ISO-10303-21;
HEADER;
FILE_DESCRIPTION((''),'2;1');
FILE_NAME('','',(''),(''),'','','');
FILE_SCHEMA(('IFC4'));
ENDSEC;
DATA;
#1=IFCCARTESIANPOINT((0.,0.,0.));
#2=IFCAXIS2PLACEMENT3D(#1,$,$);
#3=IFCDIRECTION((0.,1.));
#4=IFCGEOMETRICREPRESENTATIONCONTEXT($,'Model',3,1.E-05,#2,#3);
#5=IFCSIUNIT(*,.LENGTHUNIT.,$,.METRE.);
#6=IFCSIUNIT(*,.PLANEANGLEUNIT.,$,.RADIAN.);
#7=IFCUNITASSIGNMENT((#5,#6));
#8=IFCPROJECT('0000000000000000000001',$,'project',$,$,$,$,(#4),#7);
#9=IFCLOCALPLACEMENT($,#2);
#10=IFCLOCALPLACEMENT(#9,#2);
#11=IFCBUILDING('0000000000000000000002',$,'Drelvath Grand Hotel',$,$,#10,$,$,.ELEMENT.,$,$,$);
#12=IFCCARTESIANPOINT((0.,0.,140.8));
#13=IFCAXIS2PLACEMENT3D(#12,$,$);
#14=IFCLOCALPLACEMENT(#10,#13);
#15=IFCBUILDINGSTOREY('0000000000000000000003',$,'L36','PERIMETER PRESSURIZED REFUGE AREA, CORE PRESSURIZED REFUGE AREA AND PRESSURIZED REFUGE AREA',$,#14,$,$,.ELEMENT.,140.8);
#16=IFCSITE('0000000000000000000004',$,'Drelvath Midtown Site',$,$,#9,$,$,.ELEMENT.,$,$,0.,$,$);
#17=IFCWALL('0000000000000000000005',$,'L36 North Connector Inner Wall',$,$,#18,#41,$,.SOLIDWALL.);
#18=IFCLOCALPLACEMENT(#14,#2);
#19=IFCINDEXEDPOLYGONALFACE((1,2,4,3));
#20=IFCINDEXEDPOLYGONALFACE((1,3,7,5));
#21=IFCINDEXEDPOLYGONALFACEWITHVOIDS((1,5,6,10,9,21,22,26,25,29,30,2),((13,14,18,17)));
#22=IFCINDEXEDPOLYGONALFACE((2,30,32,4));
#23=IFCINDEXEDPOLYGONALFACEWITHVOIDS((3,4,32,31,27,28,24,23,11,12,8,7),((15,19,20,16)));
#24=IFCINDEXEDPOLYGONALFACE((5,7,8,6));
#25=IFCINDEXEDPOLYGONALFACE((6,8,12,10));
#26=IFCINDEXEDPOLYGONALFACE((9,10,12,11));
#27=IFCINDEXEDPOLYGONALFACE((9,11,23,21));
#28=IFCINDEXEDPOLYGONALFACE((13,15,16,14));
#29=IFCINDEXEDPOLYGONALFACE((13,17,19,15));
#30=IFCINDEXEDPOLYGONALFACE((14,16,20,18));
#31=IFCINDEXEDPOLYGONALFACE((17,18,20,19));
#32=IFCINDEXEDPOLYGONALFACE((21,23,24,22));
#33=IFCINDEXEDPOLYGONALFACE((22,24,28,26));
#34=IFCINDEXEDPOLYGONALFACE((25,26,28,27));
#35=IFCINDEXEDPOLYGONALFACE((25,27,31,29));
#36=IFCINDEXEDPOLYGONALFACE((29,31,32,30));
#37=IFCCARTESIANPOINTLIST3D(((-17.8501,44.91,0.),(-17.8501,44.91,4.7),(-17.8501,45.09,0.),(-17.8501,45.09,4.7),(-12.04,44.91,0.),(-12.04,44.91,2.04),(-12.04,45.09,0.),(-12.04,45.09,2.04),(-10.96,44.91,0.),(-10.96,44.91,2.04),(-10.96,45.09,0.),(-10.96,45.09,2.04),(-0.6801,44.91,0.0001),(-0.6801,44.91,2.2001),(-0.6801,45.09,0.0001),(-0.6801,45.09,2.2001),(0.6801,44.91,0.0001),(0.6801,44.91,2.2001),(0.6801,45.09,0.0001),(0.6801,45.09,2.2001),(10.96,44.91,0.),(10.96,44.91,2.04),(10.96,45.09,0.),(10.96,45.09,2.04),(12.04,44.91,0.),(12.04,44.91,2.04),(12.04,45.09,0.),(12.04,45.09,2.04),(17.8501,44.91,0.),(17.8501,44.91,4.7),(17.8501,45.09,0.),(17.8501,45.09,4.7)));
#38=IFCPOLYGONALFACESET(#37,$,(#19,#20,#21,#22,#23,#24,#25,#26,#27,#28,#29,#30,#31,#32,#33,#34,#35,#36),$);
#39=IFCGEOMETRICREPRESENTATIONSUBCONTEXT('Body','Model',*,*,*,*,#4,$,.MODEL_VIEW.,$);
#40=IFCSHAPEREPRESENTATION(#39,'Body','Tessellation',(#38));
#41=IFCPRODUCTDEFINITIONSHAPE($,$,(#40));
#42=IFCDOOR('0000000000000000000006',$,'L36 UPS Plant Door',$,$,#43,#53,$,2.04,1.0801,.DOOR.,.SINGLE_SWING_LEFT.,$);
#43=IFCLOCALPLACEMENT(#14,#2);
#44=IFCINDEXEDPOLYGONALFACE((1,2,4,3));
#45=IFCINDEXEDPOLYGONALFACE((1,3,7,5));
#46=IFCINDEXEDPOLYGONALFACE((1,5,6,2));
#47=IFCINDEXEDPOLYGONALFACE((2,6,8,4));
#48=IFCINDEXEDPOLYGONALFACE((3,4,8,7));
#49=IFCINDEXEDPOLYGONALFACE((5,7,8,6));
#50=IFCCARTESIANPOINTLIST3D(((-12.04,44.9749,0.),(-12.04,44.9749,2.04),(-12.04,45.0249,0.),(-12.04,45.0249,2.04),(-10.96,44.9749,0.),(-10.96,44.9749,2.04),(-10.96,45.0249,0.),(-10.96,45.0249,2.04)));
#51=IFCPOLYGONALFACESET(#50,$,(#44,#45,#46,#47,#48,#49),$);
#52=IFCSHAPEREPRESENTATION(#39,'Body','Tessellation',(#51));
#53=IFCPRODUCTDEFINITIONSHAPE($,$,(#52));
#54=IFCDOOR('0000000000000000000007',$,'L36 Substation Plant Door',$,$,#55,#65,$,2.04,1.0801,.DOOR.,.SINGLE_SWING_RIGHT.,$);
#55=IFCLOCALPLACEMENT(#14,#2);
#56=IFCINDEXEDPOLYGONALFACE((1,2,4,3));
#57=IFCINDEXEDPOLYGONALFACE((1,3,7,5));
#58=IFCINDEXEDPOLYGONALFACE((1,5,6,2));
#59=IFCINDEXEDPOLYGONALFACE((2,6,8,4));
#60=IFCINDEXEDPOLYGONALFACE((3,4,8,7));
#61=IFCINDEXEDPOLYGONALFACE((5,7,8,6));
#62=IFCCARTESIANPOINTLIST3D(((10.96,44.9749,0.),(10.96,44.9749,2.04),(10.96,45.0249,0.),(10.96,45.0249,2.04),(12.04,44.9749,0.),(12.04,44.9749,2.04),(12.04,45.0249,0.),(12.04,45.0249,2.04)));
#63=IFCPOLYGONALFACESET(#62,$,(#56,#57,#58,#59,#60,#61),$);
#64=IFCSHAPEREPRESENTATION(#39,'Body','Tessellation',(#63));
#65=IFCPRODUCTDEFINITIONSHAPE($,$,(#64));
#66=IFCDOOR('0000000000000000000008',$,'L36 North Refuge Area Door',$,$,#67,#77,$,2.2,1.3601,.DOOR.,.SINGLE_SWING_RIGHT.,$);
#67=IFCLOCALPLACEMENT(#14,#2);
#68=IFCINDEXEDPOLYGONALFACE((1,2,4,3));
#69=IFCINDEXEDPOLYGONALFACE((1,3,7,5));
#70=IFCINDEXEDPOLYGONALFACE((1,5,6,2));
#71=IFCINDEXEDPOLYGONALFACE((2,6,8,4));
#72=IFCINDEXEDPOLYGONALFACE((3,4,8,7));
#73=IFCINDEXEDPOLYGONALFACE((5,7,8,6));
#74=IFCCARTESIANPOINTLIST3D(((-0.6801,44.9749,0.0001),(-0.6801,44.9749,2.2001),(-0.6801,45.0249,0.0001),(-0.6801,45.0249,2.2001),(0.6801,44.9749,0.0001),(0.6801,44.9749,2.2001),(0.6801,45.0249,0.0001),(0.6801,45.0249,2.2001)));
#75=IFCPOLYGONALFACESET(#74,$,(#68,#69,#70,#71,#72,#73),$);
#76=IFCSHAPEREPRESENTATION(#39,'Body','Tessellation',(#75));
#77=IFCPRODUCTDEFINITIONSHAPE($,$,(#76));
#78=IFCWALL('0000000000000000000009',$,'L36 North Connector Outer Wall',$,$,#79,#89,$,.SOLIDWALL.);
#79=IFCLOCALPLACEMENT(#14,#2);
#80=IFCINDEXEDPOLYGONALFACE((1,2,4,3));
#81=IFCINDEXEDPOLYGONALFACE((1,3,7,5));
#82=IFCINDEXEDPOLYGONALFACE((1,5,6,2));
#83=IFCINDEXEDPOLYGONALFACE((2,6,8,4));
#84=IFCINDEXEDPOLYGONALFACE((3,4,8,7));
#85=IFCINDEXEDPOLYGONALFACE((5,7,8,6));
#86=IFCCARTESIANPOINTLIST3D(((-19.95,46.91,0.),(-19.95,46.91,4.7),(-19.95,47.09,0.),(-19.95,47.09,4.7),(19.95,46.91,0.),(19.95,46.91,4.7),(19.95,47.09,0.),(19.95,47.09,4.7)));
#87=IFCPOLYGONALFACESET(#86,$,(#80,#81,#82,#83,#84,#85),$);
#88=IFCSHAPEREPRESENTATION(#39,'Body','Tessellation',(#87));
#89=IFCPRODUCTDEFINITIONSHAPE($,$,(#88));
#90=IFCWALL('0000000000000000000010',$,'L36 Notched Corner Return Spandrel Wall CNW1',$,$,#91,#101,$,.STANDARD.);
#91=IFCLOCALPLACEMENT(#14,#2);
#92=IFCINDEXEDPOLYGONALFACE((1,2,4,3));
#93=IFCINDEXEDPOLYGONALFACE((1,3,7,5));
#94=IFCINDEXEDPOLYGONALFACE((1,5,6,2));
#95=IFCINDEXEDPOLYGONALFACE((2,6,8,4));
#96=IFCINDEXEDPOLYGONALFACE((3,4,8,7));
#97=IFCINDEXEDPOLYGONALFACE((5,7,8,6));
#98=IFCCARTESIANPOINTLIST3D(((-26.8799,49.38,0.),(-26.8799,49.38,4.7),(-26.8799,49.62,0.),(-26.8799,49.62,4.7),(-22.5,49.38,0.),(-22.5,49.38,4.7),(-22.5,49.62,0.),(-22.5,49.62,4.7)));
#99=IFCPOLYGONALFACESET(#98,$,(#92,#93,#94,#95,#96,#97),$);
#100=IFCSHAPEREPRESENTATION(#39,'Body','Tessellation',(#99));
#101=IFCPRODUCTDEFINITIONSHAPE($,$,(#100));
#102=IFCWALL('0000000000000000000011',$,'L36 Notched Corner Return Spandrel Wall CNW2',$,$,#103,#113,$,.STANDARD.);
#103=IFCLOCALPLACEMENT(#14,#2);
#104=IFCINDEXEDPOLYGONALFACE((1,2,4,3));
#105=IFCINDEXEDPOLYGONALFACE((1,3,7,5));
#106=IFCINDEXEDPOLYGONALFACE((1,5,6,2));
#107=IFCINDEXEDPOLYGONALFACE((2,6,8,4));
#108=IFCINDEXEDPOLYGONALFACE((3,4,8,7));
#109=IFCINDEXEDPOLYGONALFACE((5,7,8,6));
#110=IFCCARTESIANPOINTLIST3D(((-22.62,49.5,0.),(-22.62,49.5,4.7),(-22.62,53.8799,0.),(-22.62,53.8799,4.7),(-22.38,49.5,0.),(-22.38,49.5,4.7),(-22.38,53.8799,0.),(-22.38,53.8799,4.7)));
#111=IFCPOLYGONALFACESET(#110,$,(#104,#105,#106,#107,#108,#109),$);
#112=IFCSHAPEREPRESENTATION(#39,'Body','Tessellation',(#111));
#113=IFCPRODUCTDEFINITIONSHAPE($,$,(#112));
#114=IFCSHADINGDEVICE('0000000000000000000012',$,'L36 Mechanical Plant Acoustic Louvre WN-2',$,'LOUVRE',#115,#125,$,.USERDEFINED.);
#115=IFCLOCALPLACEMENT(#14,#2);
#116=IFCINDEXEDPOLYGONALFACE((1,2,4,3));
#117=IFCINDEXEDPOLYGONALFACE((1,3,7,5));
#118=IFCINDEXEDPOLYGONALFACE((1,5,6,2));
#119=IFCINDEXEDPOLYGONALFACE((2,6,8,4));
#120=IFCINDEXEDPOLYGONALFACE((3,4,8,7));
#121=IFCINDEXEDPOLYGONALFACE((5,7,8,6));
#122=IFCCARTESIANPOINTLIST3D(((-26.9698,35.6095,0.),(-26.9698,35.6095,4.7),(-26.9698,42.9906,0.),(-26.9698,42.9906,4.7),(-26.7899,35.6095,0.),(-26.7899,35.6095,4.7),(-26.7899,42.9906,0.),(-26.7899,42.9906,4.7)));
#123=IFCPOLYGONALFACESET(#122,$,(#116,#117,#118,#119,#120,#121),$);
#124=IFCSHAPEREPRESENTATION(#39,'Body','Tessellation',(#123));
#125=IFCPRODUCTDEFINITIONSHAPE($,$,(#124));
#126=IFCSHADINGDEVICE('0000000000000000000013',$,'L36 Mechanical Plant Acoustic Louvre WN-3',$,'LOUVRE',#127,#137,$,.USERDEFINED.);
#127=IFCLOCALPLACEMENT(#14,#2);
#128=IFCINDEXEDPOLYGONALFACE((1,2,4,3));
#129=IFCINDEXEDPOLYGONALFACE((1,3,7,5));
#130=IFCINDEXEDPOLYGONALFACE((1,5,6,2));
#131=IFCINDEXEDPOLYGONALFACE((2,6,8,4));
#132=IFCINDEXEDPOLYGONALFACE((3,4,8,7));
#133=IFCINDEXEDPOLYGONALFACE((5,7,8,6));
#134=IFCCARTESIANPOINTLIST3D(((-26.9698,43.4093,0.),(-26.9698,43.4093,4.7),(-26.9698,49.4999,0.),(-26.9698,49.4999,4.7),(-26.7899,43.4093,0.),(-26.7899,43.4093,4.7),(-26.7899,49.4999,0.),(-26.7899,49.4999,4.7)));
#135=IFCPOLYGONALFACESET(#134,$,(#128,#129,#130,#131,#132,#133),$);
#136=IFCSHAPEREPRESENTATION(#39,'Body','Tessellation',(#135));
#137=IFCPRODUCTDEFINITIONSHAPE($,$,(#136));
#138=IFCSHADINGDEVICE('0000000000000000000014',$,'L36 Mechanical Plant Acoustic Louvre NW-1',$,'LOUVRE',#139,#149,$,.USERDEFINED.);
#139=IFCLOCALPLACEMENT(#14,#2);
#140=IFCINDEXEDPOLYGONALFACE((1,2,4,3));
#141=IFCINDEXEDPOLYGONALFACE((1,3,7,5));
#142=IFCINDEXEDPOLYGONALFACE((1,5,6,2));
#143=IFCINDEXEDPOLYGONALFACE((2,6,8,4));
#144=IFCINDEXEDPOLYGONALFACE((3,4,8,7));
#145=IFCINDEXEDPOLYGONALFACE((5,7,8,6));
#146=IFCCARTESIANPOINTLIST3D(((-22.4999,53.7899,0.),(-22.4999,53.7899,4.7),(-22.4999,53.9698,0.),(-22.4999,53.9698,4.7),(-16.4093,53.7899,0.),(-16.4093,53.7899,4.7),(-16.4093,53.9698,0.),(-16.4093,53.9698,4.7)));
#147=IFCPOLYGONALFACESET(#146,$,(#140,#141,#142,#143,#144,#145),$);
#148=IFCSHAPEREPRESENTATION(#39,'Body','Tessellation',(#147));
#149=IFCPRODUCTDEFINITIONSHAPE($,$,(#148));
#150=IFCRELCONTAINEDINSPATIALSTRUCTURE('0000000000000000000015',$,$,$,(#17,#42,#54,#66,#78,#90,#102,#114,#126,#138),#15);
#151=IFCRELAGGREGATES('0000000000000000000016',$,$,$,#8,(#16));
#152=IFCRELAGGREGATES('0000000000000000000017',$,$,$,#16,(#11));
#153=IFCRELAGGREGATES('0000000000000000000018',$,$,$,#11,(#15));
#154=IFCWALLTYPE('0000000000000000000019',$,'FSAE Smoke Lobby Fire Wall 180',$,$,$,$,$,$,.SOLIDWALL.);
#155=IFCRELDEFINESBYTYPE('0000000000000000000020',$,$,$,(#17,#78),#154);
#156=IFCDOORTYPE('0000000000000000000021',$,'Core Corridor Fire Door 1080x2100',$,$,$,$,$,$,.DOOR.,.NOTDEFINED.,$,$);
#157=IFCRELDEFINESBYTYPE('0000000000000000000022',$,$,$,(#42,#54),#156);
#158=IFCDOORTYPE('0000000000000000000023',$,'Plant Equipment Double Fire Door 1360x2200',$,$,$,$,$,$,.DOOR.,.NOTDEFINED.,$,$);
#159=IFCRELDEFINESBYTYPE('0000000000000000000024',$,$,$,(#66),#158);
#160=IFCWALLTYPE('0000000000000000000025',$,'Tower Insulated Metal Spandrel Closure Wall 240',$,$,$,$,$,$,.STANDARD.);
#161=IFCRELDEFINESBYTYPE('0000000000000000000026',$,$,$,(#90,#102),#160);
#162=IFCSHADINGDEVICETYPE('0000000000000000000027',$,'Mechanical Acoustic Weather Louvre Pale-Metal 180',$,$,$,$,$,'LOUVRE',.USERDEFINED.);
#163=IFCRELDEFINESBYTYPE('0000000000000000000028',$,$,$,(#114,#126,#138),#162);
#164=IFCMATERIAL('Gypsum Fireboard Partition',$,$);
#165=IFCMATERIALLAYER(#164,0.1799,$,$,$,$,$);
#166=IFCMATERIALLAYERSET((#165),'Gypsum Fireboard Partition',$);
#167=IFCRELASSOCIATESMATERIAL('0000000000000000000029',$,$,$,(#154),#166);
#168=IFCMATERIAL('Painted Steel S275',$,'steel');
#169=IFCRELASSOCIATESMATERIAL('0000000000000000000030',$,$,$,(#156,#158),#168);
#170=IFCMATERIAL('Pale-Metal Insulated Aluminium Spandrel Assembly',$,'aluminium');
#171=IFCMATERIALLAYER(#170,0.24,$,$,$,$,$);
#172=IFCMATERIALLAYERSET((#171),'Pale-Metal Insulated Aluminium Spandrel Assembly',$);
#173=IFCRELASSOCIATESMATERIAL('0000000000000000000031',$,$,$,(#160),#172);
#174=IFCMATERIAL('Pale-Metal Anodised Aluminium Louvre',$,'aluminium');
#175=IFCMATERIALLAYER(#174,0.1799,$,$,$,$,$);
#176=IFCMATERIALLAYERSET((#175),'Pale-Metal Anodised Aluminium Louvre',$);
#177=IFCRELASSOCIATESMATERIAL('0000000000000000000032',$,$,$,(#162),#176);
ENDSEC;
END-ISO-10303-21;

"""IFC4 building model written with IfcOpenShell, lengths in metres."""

from ifc_helpers import new_model, si_unit, direction, frame, frame_2d, origin, origin_2d, place, context, subcontext, project, spatial, rectangle, extrude, material, layer, layer_set, type_object, element, fill, save


model = new_model("IFC4")

# Units and contexts
model_context = context("Model", 3, precision=1e-05, world=origin(), true_north=direction((0.0, 1.0)))
body_context = subcontext(model_context, "Body", "Model", "MODEL_VIEW")
ifc_project = project(units=[si_unit("LENGTHUNIT", "METRE"), si_unit("PLANEANGLEUNIT", "RADIAN")], contexts=[model_context])

# Site, building, storey
site_placement = place(None, origin())
site = spatial("IfcSite", under=ifc_project, at=site_placement, Name="Drelvath Midtown Site", CompositionType="ELEMENT", RefElevation=0.0)
building_placement = place(site_placement, origin())
building = spatial("IfcBuilding", under=site, at=building_placement, Name="Drelvath Grand Hotel", CompositionType="ELEMENT")
storey_placement = place(building_placement, frame((0.0, 0.0, 140.8)))
storey = spatial("IfcBuildingStorey", under=building, at=storey_placement, Name="L36", Description="PERIMETER PRESSURIZED REFUGE AREA, CORE PRESSURIZED REFUGE AREA AND PRESSURIZED REFUGE AREA", CompositionType="ELEMENT", Elevation=140.8)

# Shared definitions
ifc_material_1 = material(Name="Gypsum Fireboard Partition")

# Wall, openings, doors
ifc_layer_1 = layer(ifc_material_1, 0.1799)
ifc_layer_set_1 = layer_set([ifc_layer_1], Name="Gypsum Fireboard Partition")
wall_type_1 = type_object("IfcWallType", Name="FSAE Smoke Lobby Fire Wall 180", PredefinedType="SOLIDWALL", material=ifc_layer_set_1)
wall_1_placement = place(storey_placement, frame((-17.8501, 45.0, 0.0), z_axis=(0.0, 0.0, 1.0), x_axis=(1.0, 0.0, 0.0)))
wall_1 = element("IfcWall", 1, at=wall_1_placement, inside=storey, type_object=wall_type_1, Name="L36 North Connector Inner Wall", PredefinedType="SOLIDWALL", context=body_context, shape_type="SweptSolid", body=[
    extrude(rectangle(XDim=35.7002, YDim=0.1799, at=frame_2d((17.8501, 0.0))), origin(), (0.0, 0.0, 1.0), 4.7),
])
opening_1_placement = place(wall_1_placement, frame((17.1699, 0.0, 0.0)))
opening_1 = element("IfcOpeningElement", 2, at=opening_1_placement, cuts=wall_1, PredefinedType="OPENING", context=body_context, shape_type="SweptSolid", body=[
    extrude(rectangle(XDim=1.3601, YDim=2.2, at=frame_2d((0.6802, 1.1001))), frame((0.0, 0.0999, 0.0), z_axis=(0.0, -1.0, 0.0), x_axis=(1.0, 0.0, 0.0)), (0.0, 0.0, 1.0), 0.2),
])
opening_2_placement = place(wall_1_placement, frame((5.8101, 0.0, 0.0)))
opening_2 = element("IfcOpeningElement", 3, at=opening_2_placement, cuts=wall_1, PredefinedType="OPENING", context=body_context, shape_type="SweptSolid", body=[
    extrude(rectangle(XDim=1.0801, YDim=2.04, at=frame_2d((0.54, 1.02))), frame((0.0, 0.0999, 0.0), z_axis=(0.0, -1.0, 0.0), x_axis=(1.0, 0.0, 0.0)), (0.0, 0.0, 1.0), 0.2),
])
opening_3_placement = place(wall_1_placement, frame((28.8101, 0.0, 0.0)))
opening_3 = element("IfcOpeningElement", 4, at=opening_3_placement, cuts=wall_1, PredefinedType="OPENING", context=body_context, shape_type="SweptSolid", body=[
    extrude(rectangle(XDim=1.0801, YDim=2.04, at=frame_2d((0.54, 1.02))), frame((0.0, 0.0999, 0.0), z_axis=(0.0, -1.0, 0.0), x_axis=(1.0, 0.0, 0.0)), (0.0, 0.0, 1.0), 0.2),
])
ifc_material_2 = material(Name="Painted Steel S275", Category="steel")
door_type_1 = type_object("IfcDoorType", Name="Core Corridor Fire Door 1080x2100", OperationType="NOTDEFINED", PredefinedType="DOOR", material=ifc_material_2)
door_1_placement = place(opening_2_placement, origin())
door_1 = element("IfcDoor", 5, at=door_1_placement, inside=storey, type_object=door_type_1, Name="L36 UPS Plant Door", OperationType="SINGLE_SWING_LEFT", OverallHeight=2.04, OverallWidth=1.0801, PredefinedType="DOOR", context=body_context, shape_type="SweptSolid", body=[
    extrude(rectangle(XDim=1.0801, YDim=2.04, at=frame_2d((0.54, 1.02))), frame((0.0, 0.0249, 0.0), z_axis=(0.0, -1.0, 0.0), x_axis=(1.0, 0.0, 0.0)), (0.0, 0.0, 1.0), 0.05),
])
fill(opening_2, door_1)
door_2_placement = place(opening_3_placement, origin())
door_2 = element("IfcDoor", 6, at=door_2_placement, inside=storey, type_object=door_type_1, Name="L36 Substation Plant Door", OperationType="SINGLE_SWING_RIGHT", OverallHeight=2.04, OverallWidth=1.0801, PredefinedType="DOOR", context=body_context, shape_type="SweptSolid", body=[
    extrude(rectangle(XDim=1.0801, YDim=2.04, at=frame_2d((0.54, 1.02))), frame((0.0, 0.0249, 0.0), z_axis=(0.0, -1.0, 0.0), x_axis=(1.0, 0.0, 0.0)), (0.0, 0.0, 1.0), 0.05),
])
fill(opening_3, door_2)
door_type_2 = type_object("IfcDoorType", Name="Plant Equipment Double Fire Door 1360x2200", OperationType="NOTDEFINED", PredefinedType="DOOR", material=ifc_material_2)
door_3_placement = place(opening_1_placement, origin())
door_3 = element("IfcDoor", 7, at=door_3_placement, inside=storey, type_object=door_type_2, Name="L36 North Refuge Area Door", OperationType="SINGLE_SWING_RIGHT", OverallHeight=2.2, OverallWidth=1.3601, PredefinedType="DOOR", context=body_context, shape_type="SweptSolid", body=[
    extrude(rectangle(XDim=1.3601, YDim=2.2, at=frame_2d((0.6802, 1.1001))), frame((0.0, 0.0249, 0.0), z_axis=(0.0, -1.0, 0.0), x_axis=(1.0, 0.0, 0.0)), (0.0, 0.0, 1.0), 0.05),
])
fill(opening_1, door_3)

# Walls
wall_2_placement = place(storey_placement, frame((-19.95, 47.0, 0.0), z_axis=(0.0, 0.0, 1.0), x_axis=(1.0, 0.0, 0.0)))
element("IfcWall", 8, at=wall_2_placement, inside=storey, type_object=wall_type_1, Name="L36 North Connector Outer Wall", PredefinedType="SOLIDWALL", context=body_context, shape_type="SweptSolid", body=[
    extrude(rectangle(XDim=39.8999, YDim=0.1799, at=frame_2d((19.95, 0.0))), origin(), (0.0, 0.0, 1.0), 4.7),
])
ifc_material_3 = material(Name="Pale-Metal Insulated Aluminium Spandrel Assembly", Category="aluminium")
ifc_layer_2 = layer(ifc_material_3, 0.24)
ifc_layer_set_2 = layer_set([ifc_layer_2], Name="Pale-Metal Insulated Aluminium Spandrel Assembly")
wall_type_2 = type_object("IfcWallType", Name="Tower Insulated Metal Spandrel Closure Wall 240", PredefinedType="STANDARD", material=ifc_layer_set_2)
for number, where, z_axis, x_axis, name in (
    (9, (-26.8799, 49.5, 0.0), (0.0, 0.0, 1.0), (1.0, 0.0, 0.0), "L36 Notched Corner Return Spandrel Wall CNW1"),
    (10, (-22.5, 49.5, 0.0), (0.0, 0.0, 1.0), (0.0, 1.0, 0.0), "L36 Notched Corner Return Spandrel Wall CNW2"),
):
    element("IfcWall", number, at=place(storey_placement, frame(where, z_axis=z_axis, x_axis=x_axis)), inside=storey, type_object=wall_type_2, Name=name, PredefinedType="STANDARD", context=body_context, shape_type="SweptSolid", body=[
        extrude(rectangle(XDim=4.3799, YDim=0.24, at=frame_2d((2.1899, 0.0))), origin(), (0.0, 0.0, 1.0), 4.7),
    ])

# Shading devices
ifc_material_4 = material(Name="Pale-Metal Anodised Aluminium Louvre", Category="aluminium")
ifc_layer_3 = layer(ifc_material_4, 0.1799)
ifc_layer_set_3 = layer_set([ifc_layer_3], Name="Pale-Metal Anodised Aluminium Louvre")
shading_device_type = type_object("IfcShadingDeviceType", Name="Mechanical Acoustic Weather Louvre Pale-Metal 180", ElementType="LOUVRE", PredefinedType="USERDEFINED", material=ifc_layer_set_3)
shading_device_placement = place(storey_placement, frame((-26.8799, 39.3, 0.0), z_axis=(0.0, 0.0, 1.0), x_axis=(0.0, 1.0, 0.0)))
element("IfcShadingDevice", 11, at=shading_device_placement, inside=storey, type_object=shading_device_type, Name="L36 Mechanical Plant Acoustic Louvre WN-2", ObjectType="LOUVRE", PredefinedType="USERDEFINED", context=body_context, shape_type="SweptSolid", body=[
    extrude(rectangle(XDim=7.3811, YDim=0.1799, at=origin_2d()), origin(), (0.0, 0.0, 1.0), 4.7),
])
for number, where, z_axis, x_axis, name in (
    (12, (-26.8799, 46.4546, 0.0), (0.0, 0.0, 1.0), (0.0, 1.0, 0.0), "L36 Mechanical Plant Acoustic Louvre WN-3"),
    (13, (-19.4546, 53.8799, 0.0), (0.0, 0.0, 1.0), (1.0, 0.0, 0.0), "L36 Mechanical Plant Acoustic Louvre NW-1"),
):
    element("IfcShadingDevice", number, at=place(storey_placement, frame(where, z_axis=z_axis, x_axis=x_axis)), inside=storey, type_object=shading_device_type, Name=name, ObjectType="LOUVRE", PredefinedType="USERDEFINED", context=body_context, shape_type="SweptSolid", body=[
        extrude(rectangle(XDim=6.0906, YDim=0.1799, at=origin_2d()), origin(), (0.0, 0.0, 1.0), 4.7),
    ])

save(model, "model.ifc")
